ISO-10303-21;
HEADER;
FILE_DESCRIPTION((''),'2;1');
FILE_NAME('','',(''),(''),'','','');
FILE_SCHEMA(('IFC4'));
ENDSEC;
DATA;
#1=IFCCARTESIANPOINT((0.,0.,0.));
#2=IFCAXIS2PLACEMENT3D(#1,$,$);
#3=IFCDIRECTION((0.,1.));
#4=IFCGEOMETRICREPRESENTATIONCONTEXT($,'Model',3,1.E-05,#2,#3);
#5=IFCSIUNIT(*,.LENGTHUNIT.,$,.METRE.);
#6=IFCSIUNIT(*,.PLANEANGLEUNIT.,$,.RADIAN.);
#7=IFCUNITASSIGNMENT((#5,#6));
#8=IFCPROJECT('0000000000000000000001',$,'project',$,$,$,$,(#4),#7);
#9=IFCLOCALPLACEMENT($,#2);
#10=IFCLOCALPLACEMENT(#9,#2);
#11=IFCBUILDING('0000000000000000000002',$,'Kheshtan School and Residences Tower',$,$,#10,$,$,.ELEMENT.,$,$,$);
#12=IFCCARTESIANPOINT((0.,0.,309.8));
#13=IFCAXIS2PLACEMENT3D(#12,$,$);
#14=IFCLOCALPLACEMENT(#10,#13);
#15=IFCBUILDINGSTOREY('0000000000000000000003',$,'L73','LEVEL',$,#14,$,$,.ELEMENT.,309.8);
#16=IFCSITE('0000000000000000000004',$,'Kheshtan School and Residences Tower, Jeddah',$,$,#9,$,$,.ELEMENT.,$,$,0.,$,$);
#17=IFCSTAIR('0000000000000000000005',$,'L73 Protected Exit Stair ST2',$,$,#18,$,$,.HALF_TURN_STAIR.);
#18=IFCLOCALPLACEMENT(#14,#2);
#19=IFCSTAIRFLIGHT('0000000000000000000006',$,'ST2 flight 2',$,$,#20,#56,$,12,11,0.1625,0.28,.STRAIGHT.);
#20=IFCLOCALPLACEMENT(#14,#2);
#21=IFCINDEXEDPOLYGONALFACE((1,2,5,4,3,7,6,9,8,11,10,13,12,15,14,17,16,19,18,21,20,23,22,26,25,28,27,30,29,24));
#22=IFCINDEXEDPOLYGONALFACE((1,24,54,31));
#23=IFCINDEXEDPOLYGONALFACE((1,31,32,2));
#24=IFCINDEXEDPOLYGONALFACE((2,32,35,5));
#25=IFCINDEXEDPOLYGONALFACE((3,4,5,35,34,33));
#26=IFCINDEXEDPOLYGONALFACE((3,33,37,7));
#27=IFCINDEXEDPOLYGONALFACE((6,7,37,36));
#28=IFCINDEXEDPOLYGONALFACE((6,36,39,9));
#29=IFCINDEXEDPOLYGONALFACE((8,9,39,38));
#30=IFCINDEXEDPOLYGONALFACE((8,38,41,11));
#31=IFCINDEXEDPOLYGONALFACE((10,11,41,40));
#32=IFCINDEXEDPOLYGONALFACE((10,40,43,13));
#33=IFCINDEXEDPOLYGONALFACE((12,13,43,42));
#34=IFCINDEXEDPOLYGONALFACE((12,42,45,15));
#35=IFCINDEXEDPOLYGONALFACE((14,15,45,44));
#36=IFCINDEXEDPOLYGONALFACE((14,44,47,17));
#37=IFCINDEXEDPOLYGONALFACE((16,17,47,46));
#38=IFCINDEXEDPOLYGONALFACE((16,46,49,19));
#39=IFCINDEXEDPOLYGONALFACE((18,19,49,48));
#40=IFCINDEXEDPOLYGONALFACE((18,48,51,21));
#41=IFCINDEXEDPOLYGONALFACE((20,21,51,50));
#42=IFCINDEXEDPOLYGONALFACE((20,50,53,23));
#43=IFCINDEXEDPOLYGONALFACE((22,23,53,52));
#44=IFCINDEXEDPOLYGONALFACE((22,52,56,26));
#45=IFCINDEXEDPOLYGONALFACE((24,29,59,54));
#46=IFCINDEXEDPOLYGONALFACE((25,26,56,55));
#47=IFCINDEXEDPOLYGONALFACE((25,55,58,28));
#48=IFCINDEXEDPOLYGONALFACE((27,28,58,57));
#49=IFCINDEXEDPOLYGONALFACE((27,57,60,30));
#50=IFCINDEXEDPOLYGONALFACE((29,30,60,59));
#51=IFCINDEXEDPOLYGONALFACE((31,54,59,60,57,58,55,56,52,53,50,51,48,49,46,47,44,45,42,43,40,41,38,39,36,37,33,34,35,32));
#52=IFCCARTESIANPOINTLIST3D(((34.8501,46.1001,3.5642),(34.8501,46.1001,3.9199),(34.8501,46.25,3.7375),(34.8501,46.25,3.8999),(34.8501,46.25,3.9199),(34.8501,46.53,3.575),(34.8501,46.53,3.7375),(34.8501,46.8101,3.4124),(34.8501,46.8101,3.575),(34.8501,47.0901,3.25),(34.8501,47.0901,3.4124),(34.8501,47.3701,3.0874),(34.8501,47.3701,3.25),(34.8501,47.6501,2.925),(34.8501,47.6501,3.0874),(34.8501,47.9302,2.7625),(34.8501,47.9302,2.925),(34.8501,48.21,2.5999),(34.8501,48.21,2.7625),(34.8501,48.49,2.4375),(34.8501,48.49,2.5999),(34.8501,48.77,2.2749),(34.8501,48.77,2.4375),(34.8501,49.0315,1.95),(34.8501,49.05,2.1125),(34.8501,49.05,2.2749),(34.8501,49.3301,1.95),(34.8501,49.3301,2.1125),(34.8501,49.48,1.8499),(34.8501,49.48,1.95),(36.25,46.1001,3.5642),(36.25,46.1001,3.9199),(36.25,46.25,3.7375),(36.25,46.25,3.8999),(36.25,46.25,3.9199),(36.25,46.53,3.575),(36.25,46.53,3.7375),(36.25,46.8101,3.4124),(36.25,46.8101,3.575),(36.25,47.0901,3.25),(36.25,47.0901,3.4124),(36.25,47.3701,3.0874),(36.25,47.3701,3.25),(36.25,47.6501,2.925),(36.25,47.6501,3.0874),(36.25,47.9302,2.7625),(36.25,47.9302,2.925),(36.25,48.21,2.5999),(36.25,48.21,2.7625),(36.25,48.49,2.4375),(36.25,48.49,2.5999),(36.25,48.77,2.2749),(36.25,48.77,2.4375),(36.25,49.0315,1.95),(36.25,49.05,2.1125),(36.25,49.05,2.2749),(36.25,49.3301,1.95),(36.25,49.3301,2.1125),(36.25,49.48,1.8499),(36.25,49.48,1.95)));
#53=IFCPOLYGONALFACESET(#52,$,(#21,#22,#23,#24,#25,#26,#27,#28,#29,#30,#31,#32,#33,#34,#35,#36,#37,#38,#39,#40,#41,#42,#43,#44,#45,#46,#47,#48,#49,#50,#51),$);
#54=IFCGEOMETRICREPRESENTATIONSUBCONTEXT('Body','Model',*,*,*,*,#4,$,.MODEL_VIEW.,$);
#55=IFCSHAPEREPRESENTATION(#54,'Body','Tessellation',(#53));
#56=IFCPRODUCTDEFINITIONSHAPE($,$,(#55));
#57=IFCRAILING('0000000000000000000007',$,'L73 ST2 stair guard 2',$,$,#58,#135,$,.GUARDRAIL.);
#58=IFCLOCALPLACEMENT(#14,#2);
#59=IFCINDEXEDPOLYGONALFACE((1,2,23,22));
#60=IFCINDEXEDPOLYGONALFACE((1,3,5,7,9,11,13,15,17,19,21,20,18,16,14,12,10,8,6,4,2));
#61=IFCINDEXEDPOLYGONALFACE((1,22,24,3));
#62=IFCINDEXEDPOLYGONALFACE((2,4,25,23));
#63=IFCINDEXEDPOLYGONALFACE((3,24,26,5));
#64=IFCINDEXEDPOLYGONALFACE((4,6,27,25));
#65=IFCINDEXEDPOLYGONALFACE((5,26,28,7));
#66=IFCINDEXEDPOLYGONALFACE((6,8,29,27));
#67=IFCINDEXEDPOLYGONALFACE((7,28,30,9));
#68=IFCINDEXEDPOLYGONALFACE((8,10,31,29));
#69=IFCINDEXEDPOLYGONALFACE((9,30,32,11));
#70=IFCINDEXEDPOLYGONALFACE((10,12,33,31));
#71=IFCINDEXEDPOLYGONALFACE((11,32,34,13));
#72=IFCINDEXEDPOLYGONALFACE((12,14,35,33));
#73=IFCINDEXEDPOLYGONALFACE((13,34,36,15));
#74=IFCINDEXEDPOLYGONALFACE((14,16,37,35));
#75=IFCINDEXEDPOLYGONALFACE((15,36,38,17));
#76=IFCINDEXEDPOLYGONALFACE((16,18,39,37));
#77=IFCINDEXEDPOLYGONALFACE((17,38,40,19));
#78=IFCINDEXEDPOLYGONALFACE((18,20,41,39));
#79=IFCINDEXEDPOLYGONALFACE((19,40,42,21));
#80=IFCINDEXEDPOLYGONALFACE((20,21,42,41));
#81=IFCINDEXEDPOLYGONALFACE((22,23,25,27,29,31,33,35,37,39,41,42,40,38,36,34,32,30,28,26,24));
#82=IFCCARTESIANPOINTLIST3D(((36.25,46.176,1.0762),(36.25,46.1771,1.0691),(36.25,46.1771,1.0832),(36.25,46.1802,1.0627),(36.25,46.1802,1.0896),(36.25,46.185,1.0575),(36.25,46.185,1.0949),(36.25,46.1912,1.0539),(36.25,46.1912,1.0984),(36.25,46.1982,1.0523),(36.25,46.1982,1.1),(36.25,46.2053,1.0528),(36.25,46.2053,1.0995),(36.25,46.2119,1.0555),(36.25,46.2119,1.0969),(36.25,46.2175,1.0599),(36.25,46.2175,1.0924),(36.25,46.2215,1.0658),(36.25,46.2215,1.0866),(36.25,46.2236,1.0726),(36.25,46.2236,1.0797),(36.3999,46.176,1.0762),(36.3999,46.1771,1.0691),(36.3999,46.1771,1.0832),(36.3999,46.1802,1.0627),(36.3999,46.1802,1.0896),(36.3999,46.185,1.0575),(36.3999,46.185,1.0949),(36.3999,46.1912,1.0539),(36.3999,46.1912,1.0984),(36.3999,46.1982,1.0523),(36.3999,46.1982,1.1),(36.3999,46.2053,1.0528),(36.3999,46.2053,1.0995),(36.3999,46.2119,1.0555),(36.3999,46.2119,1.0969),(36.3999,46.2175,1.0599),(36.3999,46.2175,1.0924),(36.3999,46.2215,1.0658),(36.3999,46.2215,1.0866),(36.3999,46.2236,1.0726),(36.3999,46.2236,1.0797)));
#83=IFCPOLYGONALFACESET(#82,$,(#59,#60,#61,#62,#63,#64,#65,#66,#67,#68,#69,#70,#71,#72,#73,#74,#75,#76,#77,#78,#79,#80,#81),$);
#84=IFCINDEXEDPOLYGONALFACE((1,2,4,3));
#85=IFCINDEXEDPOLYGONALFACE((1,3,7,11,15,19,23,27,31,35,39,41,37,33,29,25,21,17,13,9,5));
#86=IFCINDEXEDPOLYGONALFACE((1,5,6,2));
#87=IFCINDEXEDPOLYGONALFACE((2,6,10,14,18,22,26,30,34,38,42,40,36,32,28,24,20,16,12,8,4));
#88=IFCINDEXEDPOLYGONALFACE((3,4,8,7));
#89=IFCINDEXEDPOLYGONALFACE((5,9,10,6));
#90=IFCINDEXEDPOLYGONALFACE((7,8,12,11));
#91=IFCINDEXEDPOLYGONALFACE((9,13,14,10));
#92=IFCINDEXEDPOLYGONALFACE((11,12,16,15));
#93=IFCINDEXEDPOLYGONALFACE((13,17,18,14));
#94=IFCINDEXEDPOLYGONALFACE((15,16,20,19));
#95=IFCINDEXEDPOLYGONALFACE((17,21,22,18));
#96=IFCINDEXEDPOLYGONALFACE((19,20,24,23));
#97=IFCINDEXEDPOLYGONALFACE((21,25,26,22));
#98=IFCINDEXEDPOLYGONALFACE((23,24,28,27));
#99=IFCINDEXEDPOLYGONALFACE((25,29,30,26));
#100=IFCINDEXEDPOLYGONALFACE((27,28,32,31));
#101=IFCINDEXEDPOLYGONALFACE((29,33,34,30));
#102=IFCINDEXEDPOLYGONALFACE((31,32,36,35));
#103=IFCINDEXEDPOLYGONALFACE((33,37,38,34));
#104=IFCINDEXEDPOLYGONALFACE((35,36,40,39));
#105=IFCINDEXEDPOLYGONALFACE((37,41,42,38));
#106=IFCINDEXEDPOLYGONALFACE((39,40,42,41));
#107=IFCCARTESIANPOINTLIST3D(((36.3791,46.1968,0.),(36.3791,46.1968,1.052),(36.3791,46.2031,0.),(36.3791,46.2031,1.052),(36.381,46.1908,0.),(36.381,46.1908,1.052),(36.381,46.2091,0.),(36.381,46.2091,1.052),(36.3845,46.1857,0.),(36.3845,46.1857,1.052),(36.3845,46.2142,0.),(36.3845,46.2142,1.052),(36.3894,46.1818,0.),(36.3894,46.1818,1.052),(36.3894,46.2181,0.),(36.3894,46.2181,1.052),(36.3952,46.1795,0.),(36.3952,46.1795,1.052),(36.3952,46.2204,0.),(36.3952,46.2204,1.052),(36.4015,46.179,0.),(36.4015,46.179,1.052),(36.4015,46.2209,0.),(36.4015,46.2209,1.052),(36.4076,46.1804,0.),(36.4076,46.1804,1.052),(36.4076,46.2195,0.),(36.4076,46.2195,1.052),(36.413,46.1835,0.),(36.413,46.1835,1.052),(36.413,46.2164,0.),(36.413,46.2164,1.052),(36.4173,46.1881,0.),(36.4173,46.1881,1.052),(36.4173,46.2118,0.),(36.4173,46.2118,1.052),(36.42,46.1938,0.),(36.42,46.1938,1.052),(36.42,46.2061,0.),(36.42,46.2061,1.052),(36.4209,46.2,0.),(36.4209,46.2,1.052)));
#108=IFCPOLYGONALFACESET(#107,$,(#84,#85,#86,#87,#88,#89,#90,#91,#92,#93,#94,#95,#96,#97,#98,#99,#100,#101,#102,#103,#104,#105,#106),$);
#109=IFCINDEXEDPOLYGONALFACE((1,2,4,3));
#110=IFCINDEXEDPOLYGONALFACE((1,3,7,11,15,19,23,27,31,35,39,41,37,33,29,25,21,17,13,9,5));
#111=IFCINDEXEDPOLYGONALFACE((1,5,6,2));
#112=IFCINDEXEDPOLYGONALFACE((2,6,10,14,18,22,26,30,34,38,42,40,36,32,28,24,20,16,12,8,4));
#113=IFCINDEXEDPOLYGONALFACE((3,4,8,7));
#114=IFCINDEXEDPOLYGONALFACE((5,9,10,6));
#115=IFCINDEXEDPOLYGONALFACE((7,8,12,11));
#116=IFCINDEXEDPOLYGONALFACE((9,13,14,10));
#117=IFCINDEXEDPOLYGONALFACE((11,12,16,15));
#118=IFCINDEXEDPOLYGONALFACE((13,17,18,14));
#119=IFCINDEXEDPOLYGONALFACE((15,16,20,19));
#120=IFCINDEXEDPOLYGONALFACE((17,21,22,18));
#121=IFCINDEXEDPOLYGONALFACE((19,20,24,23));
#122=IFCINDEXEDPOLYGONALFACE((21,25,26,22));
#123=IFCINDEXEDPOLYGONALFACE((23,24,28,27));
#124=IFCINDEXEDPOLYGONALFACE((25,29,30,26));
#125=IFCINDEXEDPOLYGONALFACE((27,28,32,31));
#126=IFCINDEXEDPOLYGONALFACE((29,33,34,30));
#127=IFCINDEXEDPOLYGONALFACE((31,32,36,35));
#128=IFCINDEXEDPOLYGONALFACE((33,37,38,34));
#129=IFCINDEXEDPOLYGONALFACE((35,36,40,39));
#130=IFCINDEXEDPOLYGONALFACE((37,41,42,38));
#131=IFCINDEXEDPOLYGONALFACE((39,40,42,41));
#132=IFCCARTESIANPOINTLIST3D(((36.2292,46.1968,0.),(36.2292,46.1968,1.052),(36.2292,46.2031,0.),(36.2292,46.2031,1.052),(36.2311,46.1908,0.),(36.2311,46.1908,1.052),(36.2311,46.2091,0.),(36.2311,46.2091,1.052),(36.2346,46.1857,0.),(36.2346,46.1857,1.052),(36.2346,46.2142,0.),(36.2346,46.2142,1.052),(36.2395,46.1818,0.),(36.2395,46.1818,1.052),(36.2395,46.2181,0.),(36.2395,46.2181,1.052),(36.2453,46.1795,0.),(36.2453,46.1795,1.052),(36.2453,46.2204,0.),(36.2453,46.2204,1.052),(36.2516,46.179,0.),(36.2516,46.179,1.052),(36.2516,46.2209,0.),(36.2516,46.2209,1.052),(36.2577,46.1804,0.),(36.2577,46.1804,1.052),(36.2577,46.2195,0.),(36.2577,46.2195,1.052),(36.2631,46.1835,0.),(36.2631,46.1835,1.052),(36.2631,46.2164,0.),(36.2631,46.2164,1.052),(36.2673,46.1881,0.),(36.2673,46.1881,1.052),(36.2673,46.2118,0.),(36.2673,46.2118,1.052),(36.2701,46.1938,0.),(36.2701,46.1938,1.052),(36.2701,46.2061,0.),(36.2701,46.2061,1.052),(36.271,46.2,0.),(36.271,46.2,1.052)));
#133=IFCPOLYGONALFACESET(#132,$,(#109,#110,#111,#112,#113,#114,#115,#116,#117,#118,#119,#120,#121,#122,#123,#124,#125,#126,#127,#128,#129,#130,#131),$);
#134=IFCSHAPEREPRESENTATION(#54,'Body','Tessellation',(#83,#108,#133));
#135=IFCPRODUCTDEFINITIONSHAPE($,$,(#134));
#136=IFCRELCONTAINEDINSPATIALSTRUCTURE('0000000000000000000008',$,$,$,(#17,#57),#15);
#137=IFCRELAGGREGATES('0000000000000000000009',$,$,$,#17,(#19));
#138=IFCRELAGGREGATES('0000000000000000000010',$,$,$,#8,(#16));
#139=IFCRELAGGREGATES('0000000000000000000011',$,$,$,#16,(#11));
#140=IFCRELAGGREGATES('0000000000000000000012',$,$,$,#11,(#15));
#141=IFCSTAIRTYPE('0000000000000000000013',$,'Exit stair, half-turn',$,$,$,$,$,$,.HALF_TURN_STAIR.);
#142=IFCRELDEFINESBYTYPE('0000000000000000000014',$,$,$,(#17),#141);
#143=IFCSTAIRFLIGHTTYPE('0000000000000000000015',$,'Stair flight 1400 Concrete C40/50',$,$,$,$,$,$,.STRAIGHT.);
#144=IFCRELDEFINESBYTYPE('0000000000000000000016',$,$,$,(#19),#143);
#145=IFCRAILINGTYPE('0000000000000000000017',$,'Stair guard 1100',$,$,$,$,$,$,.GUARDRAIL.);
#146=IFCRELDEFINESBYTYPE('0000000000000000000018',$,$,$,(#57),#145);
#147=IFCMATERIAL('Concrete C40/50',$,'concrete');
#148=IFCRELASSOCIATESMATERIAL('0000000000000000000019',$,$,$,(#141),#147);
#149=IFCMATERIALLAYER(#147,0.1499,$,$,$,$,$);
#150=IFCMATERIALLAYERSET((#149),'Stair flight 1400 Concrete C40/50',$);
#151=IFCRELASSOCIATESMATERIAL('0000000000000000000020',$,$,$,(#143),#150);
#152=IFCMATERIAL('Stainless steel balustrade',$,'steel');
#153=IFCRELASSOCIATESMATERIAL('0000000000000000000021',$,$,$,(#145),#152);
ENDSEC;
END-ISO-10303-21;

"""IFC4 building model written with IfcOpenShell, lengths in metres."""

from ifc_helpers import new_model, si_unit, direction, frame, origin, origin_2d, place, context, subcontext, project, spatial, polyline, circle, outline, extrude, material, layer, layer_set, type_object, element, aggregate, save


model = new_model("IFC4")

# Units and contexts
model_context = context("Model", 3, precision=1e-05, world=origin(), true_north=direction((0.0, 1.0)))
body_context = subcontext(model_context, "Body", "Model", "MODEL_VIEW")
ifc_project = project(units=[si_unit("LENGTHUNIT", "METRE"), si_unit("PLANEANGLEUNIT", "RADIAN")], contexts=[model_context])

# Site, building, storey
site_placement = place(None, origin())
site = spatial("IfcSite", under=ifc_project, at=site_placement, Name="Kheshtan School and Residences Tower, Jeddah", CompositionType="ELEMENT", RefElevation=0.0)
building_placement = place(site_placement, origin())
building = spatial("IfcBuilding", under=site, at=building_placement, Name="Kheshtan School and Residences Tower", CompositionType="ELEMENT")
storey_placement = place(building_placement, frame((0.0, 0.0, 309.8)))
storey = spatial("IfcBuildingStorey", under=building, at=storey_placement, Name="L73", Description="LEVEL", CompositionType="ELEMENT", Elevation=309.8)

# Shared definitions
ifc_material_1 = material(Name="Concrete C40/50", Category="concrete")

# Stair, stair flight
stair_type = type_object("IfcStairType", Name="Exit stair, half-turn", PredefinedType="HALF_TURN_STAIR", material=ifc_material_1)
stair_placement = place(storey_placement, origin())
stair = element("IfcStair", 1, at=stair_placement, inside=storey, type_object=stair_type, Name="L73 Protected Exit Stair ST2", PredefinedType="HALF_TURN_STAIR")
ifc_layer_1 = layer(ifc_material_1, 0.1499)
ifc_layer_set_1 = layer_set([ifc_layer_1], Name="Stair flight 1400 Concrete C40/50")
stair_flight_type = type_object("IfcStairFlightType", Name="Stair flight 1400 Concrete C40/50", PredefinedType="STRAIGHT", material=ifc_layer_set_1)
stair_flight_1_placement = place(storey_placement, frame((35.55, 49.3301, 1.95), z_axis=(0.0, 0.0, 1.0), x_axis=(0.0, -1.0, 0.0)))
stair_flight_1 = element("IfcStairFlight", 2, at=stair_flight_1_placement, type_object=stair_flight_type, Name="ST2 flight 2", NumberOfRisers=12, NumberOfTreads=11, PredefinedType="STRAIGHT", RiserHeight=0.1625, TreadLength=0.28, context=body_context, shape_type="SweptSolid", body=[
    extrude(outline(polyline([(-0.1499, -0.1001), (-0.1499, 0.0), (0.0, 0.0), (0.0, 0.1626), (0.28, 0.1626), (0.28, 0.325), (0.5601, 0.325), (0.5601, 0.4875), (0.8401, 0.4875), (0.8401, 0.6499), (1.1201, 0.6499), (1.1201, 0.8125), (1.3999, 0.8125), (1.3999, 0.9751), (1.6799, 0.9751), (1.6799, 1.1375), (1.96, 1.1375), (1.96, 1.3), (2.24, 1.3), (2.24, 1.4624), (2.52, 1.4624), (2.52, 1.625), (2.8, 1.625), (2.8, 1.7876), (3.0801, 1.7876), (3.0801, 1.95), (3.0801, 1.97), (3.23, 1.97), (3.23, 1.6143), (0.2986, 0.0), (-0.1499, -0.1001)])), frame((0.0, 0.7, 0.0), z_axis=(0.0, -1.0, 0.0), x_axis=(1.0, 0.0, 0.0)), (0.0, 0.0, 1.0), 1.3999),
])
aggregate(stair, [stair_flight_1])

# Railing
ifc_material_2 = material(Name="Stainless steel balustrade", Category="steel")
railing_type_1 = type_object("IfcRailingType", Name="Stair guard 1100", PredefinedType="GUARDRAIL", material=ifc_material_2)
railing_1_placement = place(storey_placement, frame((36.3999, 46.2, 0.0)))
element("IfcRailing", 3, at=railing_1_placement, inside=storey, type_object=railing_type_1, Name="L73 ST2 stair guard 2", PredefinedType="GUARDRAIL", context=body_context, shape_type="SweptSolid", body=[
    extrude(circle(Radius=0.0239, at=origin_2d()), frame((0.0, 0.0, 1.0762), z_axis=(-1.0, 0.0, 0.0), x_axis=(0.0, -1.0, 0.0)), (0.0, 0.0, 1.0), 0.1499),
    extrude(circle(Radius=0.021, at=origin_2d()), origin(), (0.0, 0.0, 1.0), 1.052),
    extrude(circle(Radius=0.021, at=origin_2d()), frame((-0.1499, 0.0, 0.0)), (0.0, 0.0, 1.0), 1.052),
])

save(model, "model.ifc")
